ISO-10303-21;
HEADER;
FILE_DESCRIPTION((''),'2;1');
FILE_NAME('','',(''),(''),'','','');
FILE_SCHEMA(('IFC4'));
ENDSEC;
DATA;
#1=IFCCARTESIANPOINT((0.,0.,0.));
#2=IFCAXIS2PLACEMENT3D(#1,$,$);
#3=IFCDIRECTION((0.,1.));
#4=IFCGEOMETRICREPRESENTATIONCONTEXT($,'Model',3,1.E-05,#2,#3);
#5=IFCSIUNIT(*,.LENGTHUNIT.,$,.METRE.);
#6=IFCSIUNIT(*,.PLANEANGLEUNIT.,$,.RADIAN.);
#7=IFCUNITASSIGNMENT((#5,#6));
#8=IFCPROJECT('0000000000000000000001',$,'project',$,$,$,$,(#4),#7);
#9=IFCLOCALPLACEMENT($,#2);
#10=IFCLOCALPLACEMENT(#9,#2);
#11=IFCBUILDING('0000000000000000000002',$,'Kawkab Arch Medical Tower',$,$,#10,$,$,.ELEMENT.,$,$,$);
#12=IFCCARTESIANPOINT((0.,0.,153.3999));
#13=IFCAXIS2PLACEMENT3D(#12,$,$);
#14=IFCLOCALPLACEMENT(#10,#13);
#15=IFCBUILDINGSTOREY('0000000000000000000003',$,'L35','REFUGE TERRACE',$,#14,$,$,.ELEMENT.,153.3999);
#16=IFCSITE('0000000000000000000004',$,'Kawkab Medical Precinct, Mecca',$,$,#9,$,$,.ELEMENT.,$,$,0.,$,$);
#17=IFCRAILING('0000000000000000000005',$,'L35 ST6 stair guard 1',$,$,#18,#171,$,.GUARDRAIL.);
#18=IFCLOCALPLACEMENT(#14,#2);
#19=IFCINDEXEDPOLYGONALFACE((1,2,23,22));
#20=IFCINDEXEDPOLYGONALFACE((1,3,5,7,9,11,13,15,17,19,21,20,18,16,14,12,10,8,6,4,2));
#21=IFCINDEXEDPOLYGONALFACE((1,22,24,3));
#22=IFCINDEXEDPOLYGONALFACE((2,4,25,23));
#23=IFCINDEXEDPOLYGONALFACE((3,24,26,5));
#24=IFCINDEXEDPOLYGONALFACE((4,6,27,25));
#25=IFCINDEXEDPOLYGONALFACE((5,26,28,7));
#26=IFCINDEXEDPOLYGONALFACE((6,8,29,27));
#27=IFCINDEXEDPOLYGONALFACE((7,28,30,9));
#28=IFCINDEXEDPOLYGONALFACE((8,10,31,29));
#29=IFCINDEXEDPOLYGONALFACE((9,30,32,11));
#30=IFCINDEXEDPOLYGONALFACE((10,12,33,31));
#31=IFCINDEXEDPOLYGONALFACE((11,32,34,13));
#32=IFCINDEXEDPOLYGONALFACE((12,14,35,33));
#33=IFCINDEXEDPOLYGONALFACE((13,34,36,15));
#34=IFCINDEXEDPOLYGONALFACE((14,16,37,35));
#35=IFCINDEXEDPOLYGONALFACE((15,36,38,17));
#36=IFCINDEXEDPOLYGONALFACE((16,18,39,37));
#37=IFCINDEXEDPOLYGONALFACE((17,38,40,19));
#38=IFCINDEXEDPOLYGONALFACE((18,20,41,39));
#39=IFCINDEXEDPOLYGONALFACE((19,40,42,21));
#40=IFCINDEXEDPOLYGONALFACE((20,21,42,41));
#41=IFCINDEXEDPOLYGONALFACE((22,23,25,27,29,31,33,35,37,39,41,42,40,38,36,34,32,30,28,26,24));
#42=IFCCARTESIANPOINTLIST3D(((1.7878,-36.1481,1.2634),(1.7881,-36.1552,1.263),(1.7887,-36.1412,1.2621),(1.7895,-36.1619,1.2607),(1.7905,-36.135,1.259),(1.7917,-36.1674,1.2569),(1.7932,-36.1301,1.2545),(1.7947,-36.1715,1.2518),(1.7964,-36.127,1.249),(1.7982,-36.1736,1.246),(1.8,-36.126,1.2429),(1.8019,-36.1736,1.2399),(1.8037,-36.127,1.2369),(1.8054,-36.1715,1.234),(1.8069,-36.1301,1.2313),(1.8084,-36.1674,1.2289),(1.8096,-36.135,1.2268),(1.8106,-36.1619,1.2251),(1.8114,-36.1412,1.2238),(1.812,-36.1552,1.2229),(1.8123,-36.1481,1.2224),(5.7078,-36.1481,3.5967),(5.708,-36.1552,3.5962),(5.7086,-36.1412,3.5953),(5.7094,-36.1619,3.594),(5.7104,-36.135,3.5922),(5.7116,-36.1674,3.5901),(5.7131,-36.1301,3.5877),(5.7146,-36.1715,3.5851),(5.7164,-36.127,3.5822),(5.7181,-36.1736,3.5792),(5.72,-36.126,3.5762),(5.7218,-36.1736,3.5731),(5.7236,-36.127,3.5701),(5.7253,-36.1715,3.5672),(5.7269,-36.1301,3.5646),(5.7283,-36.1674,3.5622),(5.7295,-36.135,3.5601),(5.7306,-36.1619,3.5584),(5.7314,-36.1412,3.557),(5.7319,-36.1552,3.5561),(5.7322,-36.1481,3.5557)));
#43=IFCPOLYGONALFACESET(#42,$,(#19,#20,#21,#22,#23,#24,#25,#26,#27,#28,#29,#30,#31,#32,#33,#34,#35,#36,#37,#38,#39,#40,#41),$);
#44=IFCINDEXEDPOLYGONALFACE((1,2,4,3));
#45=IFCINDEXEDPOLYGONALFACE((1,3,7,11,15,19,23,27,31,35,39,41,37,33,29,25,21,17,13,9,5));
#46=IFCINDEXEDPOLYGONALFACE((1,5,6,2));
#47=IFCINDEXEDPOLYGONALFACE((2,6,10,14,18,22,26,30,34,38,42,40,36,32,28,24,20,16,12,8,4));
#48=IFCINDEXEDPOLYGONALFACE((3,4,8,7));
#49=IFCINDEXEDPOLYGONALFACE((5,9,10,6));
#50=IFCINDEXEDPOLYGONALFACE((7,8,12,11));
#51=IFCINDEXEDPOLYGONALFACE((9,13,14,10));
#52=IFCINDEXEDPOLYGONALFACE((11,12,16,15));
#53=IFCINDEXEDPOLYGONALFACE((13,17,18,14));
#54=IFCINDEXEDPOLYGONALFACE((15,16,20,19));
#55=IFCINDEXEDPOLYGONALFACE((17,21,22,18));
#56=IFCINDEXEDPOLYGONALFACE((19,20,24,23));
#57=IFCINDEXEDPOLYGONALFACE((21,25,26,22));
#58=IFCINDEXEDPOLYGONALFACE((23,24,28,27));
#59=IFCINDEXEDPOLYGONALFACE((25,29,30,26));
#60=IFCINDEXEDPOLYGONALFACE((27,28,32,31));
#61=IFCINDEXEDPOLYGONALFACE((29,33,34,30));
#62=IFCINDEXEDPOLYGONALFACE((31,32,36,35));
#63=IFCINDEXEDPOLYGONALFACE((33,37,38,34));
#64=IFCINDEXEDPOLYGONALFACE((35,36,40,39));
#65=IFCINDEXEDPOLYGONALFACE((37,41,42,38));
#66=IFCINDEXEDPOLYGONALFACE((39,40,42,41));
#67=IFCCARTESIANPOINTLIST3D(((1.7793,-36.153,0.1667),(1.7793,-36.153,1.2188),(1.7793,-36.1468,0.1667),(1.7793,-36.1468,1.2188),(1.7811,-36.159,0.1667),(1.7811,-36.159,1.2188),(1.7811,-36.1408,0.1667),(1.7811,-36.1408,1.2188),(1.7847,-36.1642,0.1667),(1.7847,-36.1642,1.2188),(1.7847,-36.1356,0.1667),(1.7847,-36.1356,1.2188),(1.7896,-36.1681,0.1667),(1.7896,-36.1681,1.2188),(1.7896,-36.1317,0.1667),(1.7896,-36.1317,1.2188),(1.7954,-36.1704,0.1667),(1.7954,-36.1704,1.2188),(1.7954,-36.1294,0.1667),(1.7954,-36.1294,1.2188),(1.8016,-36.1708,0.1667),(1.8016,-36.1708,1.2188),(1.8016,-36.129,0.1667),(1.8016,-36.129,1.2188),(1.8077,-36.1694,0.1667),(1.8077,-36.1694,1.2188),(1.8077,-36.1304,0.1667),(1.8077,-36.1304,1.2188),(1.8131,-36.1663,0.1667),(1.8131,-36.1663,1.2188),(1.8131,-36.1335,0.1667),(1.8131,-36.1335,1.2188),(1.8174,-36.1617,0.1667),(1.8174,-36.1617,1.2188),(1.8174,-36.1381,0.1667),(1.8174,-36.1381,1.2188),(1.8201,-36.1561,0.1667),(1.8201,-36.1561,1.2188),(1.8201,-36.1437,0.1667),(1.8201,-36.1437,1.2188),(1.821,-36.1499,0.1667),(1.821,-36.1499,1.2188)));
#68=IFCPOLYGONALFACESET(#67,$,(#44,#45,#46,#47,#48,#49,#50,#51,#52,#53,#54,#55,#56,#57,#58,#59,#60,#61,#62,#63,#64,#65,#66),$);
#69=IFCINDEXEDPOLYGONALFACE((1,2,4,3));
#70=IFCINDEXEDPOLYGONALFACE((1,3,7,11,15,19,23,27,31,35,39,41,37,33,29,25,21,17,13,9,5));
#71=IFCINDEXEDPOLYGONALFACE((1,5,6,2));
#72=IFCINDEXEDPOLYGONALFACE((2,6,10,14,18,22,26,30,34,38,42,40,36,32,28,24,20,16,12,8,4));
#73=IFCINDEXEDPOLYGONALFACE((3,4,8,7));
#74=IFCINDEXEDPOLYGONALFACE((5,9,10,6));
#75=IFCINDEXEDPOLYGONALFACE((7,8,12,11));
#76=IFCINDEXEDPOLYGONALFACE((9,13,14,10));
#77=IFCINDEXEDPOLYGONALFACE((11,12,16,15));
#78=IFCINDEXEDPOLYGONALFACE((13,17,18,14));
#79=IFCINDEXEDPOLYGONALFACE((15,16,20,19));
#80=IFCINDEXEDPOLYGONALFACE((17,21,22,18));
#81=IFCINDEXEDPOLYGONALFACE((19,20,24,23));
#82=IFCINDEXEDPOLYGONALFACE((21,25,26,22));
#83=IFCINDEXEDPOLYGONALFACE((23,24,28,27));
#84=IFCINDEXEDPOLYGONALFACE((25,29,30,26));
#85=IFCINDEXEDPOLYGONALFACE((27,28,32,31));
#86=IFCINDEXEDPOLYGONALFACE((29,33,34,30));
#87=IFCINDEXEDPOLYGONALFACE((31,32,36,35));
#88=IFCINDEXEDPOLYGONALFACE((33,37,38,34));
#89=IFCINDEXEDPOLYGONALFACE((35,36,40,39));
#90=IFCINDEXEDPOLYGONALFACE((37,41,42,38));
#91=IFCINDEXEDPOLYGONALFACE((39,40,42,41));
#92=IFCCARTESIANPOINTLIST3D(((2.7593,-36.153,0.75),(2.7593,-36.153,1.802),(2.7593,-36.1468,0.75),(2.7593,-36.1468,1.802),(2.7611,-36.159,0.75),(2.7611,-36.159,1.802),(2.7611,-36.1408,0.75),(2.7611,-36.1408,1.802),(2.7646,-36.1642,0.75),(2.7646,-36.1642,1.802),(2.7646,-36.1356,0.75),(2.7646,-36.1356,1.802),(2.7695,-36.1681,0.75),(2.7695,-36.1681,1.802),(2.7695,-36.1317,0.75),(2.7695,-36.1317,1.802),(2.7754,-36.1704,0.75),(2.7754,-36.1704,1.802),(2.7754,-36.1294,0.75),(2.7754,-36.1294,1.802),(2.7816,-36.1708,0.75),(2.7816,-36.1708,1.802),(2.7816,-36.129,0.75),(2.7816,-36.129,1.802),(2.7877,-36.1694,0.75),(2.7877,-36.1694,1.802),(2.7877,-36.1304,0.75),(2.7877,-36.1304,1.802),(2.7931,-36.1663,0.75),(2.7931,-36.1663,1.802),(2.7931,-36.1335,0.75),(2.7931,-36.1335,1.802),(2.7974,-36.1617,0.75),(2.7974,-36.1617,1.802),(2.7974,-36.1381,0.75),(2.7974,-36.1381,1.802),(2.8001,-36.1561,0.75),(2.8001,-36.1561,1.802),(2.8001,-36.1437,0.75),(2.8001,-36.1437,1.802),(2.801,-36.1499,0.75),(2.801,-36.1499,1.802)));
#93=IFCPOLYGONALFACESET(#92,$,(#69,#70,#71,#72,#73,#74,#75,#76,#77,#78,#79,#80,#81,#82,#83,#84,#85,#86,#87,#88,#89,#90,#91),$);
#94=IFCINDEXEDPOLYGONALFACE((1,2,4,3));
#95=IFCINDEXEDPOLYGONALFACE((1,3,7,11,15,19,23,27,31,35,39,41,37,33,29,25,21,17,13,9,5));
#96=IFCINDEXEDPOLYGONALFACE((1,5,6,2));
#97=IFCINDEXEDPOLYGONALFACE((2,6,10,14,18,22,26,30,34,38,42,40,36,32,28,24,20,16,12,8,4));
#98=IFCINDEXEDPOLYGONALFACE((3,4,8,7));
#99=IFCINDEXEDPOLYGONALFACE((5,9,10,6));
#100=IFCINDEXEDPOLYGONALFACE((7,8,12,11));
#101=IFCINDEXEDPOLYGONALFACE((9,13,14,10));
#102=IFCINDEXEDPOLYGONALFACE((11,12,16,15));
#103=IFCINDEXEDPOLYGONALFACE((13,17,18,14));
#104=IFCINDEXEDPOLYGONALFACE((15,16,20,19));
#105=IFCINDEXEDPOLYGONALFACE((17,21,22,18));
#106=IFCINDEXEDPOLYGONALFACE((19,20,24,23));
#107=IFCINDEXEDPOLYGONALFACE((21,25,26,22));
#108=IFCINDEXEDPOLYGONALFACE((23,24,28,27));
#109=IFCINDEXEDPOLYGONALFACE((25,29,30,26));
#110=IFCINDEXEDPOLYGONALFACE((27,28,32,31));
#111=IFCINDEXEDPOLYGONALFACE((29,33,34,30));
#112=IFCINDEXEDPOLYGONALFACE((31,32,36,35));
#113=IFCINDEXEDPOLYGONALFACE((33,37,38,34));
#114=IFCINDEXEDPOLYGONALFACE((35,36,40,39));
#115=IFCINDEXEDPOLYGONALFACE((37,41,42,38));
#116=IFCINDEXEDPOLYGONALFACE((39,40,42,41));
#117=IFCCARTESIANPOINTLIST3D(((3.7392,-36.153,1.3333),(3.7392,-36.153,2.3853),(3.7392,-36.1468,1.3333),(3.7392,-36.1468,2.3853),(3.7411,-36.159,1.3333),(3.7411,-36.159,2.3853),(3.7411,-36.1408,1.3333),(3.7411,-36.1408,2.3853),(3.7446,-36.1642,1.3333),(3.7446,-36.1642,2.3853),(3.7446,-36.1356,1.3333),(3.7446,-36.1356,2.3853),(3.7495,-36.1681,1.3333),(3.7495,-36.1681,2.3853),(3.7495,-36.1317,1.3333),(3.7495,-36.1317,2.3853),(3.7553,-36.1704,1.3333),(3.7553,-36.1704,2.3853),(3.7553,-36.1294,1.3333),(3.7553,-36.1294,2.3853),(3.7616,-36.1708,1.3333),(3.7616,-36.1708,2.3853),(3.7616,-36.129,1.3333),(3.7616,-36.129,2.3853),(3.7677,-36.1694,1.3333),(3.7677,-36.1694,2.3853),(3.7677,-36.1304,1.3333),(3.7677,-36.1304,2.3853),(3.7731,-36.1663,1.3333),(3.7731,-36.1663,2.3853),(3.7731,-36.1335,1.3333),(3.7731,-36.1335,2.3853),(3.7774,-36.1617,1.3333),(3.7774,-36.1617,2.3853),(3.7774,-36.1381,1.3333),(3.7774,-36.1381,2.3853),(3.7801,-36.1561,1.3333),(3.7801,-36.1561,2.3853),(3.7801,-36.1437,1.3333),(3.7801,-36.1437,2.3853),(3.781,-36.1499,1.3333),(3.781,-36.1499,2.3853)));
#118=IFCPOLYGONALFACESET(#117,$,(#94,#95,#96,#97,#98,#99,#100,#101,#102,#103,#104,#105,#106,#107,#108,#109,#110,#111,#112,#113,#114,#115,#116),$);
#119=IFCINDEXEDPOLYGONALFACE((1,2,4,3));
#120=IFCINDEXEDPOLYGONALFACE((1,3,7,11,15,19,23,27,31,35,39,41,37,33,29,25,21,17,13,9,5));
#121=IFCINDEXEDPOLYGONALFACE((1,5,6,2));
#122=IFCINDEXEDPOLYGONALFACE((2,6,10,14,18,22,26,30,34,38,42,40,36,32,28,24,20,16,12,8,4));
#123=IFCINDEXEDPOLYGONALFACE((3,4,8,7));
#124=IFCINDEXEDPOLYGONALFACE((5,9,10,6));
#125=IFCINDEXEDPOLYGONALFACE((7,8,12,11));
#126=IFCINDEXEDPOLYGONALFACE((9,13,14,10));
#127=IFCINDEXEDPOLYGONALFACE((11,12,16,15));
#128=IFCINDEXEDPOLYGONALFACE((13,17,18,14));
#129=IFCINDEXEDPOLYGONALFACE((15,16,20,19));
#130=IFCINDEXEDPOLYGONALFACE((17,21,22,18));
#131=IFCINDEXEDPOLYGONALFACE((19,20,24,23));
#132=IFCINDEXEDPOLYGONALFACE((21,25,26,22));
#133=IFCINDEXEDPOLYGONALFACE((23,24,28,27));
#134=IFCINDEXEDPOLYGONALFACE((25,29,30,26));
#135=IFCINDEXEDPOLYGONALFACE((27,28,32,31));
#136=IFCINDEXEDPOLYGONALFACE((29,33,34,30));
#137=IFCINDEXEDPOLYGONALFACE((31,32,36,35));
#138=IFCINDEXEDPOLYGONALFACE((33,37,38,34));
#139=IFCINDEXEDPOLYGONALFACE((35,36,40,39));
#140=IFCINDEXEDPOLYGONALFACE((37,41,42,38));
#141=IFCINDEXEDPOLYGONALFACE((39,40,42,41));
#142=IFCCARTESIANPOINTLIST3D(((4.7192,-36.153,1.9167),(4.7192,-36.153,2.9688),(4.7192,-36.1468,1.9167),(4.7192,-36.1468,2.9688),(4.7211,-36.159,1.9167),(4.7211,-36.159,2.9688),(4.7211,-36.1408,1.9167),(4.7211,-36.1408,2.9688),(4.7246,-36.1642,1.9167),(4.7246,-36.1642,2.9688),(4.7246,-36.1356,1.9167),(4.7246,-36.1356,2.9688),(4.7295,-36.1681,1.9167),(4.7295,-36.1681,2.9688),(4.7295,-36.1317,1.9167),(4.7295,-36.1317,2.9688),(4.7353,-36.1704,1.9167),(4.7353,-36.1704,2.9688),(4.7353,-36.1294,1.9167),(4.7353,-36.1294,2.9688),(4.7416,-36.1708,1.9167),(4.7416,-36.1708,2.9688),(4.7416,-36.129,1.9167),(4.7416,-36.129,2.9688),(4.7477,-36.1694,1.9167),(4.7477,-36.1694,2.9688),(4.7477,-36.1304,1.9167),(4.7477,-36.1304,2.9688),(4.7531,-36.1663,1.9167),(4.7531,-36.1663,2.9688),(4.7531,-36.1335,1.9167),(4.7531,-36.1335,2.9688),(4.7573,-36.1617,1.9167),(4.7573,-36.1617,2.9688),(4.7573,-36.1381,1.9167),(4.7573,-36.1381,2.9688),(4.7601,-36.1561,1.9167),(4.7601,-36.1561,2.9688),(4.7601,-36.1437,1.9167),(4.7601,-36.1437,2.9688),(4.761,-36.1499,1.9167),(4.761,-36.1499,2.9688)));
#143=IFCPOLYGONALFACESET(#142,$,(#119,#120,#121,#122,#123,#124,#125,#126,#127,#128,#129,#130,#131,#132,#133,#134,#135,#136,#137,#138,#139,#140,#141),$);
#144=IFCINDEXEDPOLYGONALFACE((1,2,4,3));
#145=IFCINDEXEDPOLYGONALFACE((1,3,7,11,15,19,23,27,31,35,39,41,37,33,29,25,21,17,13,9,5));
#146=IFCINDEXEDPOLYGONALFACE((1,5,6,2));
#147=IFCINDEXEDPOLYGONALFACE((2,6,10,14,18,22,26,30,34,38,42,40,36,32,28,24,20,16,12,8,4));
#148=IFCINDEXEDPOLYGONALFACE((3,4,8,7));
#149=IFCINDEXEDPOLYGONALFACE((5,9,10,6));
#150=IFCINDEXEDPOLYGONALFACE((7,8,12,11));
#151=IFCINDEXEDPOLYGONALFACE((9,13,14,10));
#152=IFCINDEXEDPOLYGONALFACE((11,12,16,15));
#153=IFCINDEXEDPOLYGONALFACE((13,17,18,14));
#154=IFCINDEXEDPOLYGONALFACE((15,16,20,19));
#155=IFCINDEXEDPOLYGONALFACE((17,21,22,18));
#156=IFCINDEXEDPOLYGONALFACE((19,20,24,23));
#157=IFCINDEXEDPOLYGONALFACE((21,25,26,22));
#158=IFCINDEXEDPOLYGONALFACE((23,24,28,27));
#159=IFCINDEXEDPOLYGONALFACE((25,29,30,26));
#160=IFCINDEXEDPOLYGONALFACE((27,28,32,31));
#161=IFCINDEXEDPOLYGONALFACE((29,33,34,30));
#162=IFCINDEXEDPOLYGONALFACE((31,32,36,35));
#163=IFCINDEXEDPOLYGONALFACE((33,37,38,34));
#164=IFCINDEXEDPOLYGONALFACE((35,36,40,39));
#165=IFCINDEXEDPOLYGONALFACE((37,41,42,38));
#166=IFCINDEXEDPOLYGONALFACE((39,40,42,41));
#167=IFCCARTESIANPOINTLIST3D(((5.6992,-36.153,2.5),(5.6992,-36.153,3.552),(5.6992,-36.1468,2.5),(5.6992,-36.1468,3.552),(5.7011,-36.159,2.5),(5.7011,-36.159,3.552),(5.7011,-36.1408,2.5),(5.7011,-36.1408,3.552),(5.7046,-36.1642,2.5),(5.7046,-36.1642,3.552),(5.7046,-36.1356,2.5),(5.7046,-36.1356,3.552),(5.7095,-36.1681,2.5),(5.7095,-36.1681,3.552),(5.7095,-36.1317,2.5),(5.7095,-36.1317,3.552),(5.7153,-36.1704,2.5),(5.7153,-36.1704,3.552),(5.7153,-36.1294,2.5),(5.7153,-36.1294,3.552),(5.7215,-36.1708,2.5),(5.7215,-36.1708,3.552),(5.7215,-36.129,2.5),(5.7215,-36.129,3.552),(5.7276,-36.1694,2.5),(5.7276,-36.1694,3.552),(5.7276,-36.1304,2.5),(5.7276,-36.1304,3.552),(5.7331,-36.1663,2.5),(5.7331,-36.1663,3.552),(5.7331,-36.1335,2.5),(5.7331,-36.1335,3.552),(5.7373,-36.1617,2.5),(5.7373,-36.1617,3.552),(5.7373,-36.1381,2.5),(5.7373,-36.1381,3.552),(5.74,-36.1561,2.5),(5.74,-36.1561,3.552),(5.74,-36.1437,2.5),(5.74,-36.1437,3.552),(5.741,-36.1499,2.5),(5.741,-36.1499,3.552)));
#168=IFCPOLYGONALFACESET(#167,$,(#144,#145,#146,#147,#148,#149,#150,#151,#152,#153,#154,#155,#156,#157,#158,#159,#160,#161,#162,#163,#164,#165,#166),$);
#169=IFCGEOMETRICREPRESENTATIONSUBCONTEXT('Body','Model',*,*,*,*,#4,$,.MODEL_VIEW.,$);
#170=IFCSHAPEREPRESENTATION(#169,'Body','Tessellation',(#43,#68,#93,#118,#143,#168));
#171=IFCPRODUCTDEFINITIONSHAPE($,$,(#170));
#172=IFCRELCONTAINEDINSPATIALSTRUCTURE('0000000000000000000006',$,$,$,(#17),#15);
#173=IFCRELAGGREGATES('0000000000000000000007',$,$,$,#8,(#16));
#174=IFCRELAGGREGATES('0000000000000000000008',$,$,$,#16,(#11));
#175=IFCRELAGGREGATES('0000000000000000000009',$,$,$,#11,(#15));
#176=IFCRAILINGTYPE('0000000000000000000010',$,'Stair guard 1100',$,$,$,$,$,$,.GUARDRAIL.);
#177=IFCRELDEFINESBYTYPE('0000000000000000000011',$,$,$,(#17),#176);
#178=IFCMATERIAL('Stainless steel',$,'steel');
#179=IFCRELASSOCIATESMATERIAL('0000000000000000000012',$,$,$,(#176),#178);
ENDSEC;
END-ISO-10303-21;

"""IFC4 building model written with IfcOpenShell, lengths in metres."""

from ifc_helpers import new_model, si_unit, direction, frame, origin, origin_2d, place, context, subcontext, project, spatial, circle, extrude, material, type_object, element, save


model = new_model("IFC4")

# Units and contexts
model_context = context("Model", 3, precision=1e-05, world=origin(), true_north=direction((0.0, 1.0)))
body_context = subcontext(model_context, "Body", "Model", "MODEL_VIEW")
ifc_project = project(units=[si_unit("LENGTHUNIT", "METRE"), si_unit("PLANEANGLEUNIT", "RADIAN")], contexts=[model_context])

# Site, building, storey
site_placement = place(None, origin())
site = spatial("IfcSite", under=ifc_project, at=site_placement, Name="Kawkab Medical Precinct, Mecca", CompositionType="ELEMENT", RefElevation=0.0)
building_placement = place(site_placement, origin())
building = spatial("IfcBuilding", under=site, at=building_placement, Name="Kawkab Arch Medical Tower", CompositionType="ELEMENT")
storey_placement = place(building_placement, frame((0.0, 0.0, 153.3999)))
storey = spatial("IfcBuildingStorey", under=building, at=storey_placement, Name="L35", Description="REFUGE TERRACE", CompositionType="ELEMENT", Elevation=153.3999)

# Railing
ifc_material_1 = material(Name="Stainless steel", Category="steel")
railing_type = type_object("IfcRailingType", Name="Stair guard 1100", PredefinedType="GUARDRAIL", material=ifc_material_1)
railing_1_placement = place(storey_placement, frame((1.8, -36.1499, 0.1667)))
element("IfcRailing", 1, at=railing_1_placement, inside=storey, type_object=railing_type, Name="L35 ST6 stair guard 1", PredefinedType="GUARDRAIL", context=body_context, shape_type="SweptSolid", body=[
    extrude(circle(Radius=0.0239, at=origin_2d()), frame((0.0, 0.0, 1.0762), z_axis=(0.859296, 0.0, 0.511478), x_axis=(0.0, 1.0, 0.0)), (0.0, 0.0, 1.0), 4.5618),
    extrude(circle(Radius=0.021, at=origin_2d()), origin(), (0.0, 0.0, 1.0), 1.052),
    extrude(circle(Radius=0.021, at=origin_2d()), frame((0.98, 0.0, 0.5833)), (0.0, 0.0, 1.0), 1.052),
    extrude(circle(Radius=0.021, at=origin_2d()), frame((1.96, 0.0, 1.1665)), (0.0, 0.0, 1.0), 1.052),
    extrude(circle(Radius=0.021, at=origin_2d()), frame((2.9399, 0.0, 1.75)), (0.0, 0.0, 1.0), 1.052),
    extrude(circle(Radius=0.021, at=origin_2d()), frame((3.9199, 0.0, 2.3333)), (0.0, 0.0, 1.0), 1.052),
])

save(model, "model.ifc")
